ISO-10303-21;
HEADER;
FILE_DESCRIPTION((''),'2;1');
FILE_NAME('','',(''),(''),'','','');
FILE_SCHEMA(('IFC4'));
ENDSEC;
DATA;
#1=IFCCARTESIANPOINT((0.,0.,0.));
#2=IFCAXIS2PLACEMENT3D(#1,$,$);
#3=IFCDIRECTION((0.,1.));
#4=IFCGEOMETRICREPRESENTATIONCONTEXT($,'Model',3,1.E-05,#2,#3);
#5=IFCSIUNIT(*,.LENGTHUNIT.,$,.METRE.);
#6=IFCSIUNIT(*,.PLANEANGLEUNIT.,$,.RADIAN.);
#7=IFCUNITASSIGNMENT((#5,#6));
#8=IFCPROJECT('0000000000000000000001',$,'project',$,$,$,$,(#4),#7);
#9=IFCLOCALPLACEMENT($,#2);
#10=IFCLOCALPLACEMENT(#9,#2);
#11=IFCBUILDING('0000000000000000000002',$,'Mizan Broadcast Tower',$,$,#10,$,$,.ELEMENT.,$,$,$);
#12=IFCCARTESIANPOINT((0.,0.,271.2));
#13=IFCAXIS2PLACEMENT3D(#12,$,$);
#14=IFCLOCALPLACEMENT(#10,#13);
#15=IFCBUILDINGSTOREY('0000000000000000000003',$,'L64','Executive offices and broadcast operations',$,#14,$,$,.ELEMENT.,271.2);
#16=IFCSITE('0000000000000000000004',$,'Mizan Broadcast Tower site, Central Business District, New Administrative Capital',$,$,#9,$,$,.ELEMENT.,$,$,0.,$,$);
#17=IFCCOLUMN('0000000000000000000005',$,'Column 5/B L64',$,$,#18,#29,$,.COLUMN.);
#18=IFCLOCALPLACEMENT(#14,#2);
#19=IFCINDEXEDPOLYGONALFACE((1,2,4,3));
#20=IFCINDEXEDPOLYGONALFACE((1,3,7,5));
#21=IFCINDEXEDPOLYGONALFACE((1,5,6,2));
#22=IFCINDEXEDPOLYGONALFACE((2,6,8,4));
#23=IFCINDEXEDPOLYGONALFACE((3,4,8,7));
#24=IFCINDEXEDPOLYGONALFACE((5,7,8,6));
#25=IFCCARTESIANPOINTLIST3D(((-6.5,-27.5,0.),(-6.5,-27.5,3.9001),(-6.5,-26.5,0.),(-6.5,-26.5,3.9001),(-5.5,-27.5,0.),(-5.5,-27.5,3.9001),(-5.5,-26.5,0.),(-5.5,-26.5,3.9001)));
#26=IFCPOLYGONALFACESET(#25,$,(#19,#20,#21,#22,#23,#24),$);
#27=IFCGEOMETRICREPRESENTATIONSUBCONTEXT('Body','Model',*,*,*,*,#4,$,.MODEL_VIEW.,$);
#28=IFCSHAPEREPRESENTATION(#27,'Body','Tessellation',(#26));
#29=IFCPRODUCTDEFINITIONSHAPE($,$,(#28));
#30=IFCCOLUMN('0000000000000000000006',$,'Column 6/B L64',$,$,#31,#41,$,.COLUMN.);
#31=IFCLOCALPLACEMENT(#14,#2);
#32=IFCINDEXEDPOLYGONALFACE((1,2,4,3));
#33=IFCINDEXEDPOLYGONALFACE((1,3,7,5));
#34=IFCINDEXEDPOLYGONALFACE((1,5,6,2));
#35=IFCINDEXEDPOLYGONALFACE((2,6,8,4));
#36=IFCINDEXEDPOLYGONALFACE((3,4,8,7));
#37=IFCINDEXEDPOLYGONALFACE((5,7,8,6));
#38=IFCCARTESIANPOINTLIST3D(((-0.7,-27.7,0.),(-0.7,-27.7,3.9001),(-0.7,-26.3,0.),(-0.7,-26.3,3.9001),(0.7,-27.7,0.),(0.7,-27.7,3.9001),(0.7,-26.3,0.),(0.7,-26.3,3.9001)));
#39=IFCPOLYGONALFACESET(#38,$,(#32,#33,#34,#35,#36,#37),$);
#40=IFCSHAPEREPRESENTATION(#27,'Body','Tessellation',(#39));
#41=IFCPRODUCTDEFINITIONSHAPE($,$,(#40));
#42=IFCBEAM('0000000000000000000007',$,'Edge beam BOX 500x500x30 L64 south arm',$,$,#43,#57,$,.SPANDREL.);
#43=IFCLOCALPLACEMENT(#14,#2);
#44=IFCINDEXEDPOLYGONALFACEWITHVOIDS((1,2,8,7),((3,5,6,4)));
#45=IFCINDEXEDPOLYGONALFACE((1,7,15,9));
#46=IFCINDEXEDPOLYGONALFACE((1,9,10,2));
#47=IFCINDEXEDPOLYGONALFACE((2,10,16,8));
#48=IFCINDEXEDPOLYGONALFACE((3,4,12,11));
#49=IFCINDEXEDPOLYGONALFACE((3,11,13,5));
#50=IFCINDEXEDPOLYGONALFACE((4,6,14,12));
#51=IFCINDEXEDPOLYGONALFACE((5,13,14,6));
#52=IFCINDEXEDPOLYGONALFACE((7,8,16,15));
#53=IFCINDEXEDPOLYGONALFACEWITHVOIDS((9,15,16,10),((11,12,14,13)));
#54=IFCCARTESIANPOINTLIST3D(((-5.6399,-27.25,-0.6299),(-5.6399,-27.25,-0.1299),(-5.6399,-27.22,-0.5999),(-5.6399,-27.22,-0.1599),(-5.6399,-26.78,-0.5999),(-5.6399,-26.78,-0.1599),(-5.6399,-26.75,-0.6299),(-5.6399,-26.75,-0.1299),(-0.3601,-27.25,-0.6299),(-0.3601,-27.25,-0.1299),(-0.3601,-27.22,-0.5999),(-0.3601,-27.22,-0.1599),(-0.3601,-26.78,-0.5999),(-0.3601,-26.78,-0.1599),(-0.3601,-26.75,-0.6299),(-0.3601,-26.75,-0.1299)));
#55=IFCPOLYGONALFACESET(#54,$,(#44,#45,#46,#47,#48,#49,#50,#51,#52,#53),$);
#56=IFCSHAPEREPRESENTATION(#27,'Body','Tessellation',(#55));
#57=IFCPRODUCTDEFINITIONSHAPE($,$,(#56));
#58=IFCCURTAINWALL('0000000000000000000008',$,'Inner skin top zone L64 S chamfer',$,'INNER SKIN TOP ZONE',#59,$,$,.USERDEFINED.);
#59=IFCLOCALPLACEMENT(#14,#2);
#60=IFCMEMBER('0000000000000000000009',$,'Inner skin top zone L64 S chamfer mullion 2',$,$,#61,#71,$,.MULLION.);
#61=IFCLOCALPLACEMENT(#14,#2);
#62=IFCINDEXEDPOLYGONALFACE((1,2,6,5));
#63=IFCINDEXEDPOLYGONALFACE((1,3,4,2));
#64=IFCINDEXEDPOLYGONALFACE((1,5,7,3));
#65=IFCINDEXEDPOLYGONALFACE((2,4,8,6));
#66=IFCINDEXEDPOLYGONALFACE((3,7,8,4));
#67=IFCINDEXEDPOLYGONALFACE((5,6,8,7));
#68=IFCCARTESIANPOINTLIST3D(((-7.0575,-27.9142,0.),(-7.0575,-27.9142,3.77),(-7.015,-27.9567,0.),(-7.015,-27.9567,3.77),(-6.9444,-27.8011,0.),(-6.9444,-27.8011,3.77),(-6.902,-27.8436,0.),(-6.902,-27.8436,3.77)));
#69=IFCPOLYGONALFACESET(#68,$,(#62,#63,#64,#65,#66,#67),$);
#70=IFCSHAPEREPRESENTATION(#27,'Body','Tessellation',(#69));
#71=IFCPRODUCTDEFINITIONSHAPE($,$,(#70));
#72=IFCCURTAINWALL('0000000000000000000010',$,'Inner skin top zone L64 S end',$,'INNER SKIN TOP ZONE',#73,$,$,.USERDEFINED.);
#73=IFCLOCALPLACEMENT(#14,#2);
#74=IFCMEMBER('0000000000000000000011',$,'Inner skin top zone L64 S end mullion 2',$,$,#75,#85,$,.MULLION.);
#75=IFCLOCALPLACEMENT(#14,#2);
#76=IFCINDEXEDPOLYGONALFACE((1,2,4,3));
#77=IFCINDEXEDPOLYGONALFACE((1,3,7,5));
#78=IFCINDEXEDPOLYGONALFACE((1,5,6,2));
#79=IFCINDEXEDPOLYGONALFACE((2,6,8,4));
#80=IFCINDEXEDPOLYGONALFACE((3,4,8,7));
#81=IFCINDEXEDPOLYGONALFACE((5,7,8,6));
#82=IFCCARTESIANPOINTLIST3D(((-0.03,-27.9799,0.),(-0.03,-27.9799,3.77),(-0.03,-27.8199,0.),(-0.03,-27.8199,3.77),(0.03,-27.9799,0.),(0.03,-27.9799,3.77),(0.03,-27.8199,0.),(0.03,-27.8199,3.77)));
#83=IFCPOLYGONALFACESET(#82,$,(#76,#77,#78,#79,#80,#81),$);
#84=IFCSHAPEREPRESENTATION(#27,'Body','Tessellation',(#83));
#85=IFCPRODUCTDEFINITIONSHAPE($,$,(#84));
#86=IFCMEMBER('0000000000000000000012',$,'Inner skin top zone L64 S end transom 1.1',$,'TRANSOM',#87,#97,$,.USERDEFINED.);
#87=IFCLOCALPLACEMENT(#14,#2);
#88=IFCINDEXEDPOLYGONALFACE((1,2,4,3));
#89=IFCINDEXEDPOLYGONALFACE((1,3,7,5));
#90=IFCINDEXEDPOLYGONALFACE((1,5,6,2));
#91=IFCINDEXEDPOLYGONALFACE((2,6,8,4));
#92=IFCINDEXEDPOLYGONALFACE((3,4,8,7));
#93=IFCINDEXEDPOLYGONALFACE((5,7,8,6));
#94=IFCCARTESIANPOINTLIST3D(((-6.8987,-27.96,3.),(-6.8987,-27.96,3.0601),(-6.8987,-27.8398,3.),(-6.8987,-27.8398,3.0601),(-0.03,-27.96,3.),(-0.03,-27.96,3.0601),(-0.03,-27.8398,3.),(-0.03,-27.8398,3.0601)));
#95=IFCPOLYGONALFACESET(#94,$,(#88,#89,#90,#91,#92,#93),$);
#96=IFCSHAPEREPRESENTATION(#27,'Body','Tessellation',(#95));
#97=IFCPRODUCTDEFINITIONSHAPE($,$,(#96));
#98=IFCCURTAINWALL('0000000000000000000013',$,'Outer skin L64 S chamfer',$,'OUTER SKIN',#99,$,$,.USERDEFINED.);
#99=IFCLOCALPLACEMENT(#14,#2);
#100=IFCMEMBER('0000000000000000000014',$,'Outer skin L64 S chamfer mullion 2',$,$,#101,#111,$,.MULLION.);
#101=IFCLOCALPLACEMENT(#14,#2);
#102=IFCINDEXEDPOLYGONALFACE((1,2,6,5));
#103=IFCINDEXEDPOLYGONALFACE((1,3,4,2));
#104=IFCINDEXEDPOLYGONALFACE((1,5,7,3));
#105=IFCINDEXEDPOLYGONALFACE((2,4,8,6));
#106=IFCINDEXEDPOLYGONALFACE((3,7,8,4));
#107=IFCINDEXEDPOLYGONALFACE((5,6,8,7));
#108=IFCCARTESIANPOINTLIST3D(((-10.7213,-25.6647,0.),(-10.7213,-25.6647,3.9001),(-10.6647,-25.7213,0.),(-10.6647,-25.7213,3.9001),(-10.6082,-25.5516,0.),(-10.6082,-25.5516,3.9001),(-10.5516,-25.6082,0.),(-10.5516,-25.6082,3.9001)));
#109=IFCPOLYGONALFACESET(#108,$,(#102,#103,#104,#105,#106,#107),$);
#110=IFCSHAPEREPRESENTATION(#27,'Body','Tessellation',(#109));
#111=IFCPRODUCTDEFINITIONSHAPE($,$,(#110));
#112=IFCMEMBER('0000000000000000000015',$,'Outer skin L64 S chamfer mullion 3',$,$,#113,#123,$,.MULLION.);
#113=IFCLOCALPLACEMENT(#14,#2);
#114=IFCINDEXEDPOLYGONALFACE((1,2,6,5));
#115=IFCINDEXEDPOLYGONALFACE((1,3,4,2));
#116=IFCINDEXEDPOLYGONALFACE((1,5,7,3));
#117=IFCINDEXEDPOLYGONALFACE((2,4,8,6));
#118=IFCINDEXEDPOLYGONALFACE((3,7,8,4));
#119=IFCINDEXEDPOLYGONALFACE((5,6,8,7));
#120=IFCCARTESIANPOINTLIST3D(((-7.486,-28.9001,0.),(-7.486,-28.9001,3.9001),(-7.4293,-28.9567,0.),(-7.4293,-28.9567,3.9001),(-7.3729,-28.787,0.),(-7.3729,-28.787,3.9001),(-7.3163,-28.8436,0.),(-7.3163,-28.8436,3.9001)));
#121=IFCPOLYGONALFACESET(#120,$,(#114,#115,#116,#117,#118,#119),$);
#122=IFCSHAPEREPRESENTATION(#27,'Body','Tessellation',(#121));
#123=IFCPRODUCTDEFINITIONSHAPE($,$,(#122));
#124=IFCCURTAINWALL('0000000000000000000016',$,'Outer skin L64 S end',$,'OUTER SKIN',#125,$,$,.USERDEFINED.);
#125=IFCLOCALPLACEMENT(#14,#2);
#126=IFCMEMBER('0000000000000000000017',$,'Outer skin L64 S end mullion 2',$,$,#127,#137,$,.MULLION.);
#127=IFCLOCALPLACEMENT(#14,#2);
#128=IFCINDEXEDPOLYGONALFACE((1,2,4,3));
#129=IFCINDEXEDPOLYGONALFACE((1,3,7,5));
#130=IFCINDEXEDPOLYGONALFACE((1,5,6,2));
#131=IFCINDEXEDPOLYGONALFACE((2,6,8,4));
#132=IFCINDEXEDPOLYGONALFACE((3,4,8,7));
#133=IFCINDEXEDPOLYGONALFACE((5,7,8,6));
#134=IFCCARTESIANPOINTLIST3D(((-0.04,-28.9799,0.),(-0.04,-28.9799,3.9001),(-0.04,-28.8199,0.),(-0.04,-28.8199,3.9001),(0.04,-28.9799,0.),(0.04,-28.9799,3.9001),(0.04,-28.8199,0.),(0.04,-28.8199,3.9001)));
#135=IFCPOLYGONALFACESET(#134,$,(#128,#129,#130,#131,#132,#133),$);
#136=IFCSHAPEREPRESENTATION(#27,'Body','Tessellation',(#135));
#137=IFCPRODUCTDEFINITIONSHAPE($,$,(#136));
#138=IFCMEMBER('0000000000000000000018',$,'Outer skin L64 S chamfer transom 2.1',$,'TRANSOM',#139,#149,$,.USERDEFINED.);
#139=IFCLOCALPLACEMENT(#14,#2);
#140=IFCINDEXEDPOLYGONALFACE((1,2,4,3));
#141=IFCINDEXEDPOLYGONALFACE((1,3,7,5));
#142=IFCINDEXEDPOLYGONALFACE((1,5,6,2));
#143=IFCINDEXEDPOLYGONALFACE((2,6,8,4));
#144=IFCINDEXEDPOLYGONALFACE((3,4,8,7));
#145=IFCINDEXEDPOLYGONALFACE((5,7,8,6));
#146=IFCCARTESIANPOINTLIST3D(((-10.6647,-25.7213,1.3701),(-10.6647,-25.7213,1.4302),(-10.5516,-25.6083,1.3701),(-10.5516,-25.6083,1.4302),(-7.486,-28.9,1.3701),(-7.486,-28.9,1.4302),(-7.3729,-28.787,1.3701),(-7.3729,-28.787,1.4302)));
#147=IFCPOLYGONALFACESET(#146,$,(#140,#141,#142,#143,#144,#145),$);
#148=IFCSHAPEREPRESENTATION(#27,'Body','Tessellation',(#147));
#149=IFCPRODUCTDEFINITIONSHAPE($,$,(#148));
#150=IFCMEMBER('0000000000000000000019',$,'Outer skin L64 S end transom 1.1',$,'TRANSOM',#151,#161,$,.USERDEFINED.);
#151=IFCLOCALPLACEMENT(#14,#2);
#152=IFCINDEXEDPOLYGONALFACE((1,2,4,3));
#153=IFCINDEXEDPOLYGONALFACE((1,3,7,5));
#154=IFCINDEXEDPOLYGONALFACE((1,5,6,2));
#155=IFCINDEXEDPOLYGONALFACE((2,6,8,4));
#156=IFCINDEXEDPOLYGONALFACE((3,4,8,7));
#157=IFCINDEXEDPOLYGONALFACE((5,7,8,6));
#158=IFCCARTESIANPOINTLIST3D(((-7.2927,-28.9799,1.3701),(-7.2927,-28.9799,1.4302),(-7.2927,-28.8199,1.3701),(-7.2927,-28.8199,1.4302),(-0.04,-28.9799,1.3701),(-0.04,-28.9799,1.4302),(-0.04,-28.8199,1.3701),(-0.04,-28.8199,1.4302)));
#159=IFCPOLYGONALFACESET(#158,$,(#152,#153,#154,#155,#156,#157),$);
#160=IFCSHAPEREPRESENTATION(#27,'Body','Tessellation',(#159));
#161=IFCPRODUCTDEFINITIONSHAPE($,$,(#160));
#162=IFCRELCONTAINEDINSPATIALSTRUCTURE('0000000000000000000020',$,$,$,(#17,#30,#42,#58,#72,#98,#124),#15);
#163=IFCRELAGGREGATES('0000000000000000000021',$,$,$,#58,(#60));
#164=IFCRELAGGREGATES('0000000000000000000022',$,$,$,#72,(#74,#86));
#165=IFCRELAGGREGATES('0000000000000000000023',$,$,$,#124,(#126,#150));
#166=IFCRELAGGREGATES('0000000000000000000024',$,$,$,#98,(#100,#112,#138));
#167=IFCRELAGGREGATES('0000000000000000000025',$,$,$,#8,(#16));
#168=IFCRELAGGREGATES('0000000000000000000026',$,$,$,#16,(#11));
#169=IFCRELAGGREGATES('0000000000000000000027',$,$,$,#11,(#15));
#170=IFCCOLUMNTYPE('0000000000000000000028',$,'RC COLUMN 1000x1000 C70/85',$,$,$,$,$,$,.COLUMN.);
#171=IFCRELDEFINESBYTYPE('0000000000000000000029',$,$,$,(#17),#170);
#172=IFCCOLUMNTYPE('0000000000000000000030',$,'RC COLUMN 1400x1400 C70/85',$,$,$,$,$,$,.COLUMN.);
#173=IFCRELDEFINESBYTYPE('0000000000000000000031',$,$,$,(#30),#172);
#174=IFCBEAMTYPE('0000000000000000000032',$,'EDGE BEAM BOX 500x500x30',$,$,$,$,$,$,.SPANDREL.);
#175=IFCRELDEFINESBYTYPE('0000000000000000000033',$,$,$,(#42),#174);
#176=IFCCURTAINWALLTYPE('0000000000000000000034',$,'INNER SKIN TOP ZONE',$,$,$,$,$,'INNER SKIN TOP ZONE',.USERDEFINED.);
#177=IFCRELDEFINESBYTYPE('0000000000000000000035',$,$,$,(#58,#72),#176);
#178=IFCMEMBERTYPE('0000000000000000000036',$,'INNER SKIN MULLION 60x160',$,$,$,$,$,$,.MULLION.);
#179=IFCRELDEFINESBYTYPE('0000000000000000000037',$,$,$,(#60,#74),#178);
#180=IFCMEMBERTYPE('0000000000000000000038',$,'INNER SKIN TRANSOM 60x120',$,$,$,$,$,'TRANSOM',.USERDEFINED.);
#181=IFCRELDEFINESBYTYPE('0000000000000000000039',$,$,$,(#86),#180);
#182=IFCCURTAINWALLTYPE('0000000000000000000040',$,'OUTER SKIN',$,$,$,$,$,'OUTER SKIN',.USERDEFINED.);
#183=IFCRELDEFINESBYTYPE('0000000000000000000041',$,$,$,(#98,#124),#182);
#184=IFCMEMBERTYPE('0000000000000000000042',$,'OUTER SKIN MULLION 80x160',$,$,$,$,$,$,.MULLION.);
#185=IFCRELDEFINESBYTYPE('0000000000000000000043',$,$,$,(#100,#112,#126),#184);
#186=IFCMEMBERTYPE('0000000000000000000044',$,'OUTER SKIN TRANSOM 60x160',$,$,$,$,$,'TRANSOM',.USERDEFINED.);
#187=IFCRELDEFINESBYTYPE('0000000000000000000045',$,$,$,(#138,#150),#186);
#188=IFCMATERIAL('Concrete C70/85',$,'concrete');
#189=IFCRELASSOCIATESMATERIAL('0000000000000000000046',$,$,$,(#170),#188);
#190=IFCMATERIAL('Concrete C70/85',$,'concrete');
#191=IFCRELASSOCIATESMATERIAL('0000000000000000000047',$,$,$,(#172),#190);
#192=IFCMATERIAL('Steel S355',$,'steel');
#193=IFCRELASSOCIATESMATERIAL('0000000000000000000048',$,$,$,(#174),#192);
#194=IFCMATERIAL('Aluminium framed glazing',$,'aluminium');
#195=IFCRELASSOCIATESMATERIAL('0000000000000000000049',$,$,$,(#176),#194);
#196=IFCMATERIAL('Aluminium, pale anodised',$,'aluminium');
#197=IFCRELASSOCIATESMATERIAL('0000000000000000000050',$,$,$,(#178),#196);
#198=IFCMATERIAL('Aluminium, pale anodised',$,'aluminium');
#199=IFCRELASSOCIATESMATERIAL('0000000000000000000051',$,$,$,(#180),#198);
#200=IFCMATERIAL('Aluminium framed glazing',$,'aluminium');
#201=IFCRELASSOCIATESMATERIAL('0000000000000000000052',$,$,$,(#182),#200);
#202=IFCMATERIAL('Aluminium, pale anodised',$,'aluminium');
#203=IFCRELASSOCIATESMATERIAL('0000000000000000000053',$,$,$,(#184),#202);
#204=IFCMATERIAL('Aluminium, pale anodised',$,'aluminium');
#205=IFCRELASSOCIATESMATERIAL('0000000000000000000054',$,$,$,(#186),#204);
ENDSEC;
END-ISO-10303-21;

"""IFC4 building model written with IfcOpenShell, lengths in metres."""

from ifc_helpers import new_model, si_unit, direction, frame, origin, origin_2d, place, context, subcontext, project, spatial, rectangle, hollow_rectangle, extrude, material, material_profile, profile_set, type_object, element, aggregate, save


model = new_model("IFC4")

# Units and contexts
model_context = context("Model", 3, precision=1e-05, world=origin(), true_north=direction((0.0, 1.0)))
body_context = subcontext(model_context, "Body", "Model", "MODEL_VIEW")
ifc_project = project(units=[si_unit("LENGTHUNIT", "METRE"), si_unit("PLANEANGLEUNIT", "RADIAN")], contexts=[model_context])

# Site, building, storey
site_placement = place(None, origin())
site = spatial("IfcSite", under=ifc_project, at=site_placement, Name="Mizan Broadcast Tower site, Central Business District, New Administrative Capital", CompositionType="ELEMENT", RefElevation=0.0)
building_placement = place(site_placement, origin())
building = spatial("IfcBuilding", under=site, at=building_placement, Name="Mizan Broadcast Tower", CompositionType="ELEMENT")
storey_placement = place(building_placement, frame((0.0, 0.0, 271.2)))
storey = spatial("IfcBuildingStorey", under=building, at=storey_placement, Name="L64", Description="Executive offices and broadcast operations", CompositionType="ELEMENT", Elevation=271.2)

# Columns
ifc_material_1 = material(Name="Concrete C70/85", Category="concrete")
ifc_material_profile_1 = material_profile(ifc_material_1, rectangle(XDim=1.0, YDim=1.0, at=origin_2d()), Name="RC 1000x1000")
ifc_profile_set_1 = profile_set([ifc_material_profile_1], Name="Concrete C70/85")
column_type_1 = type_object("IfcColumnType", Name="RC COLUMN 1000x1000 C70/85", PredefinedType="COLUMN", material=ifc_profile_set_1)
column_1_placement = place(storey_placement, frame((-6.0, -27.0, 0.0), z_axis=(0.0, 0.0, 1.0), x_axis=(1.0, 0.0, 0.0)))
element("IfcColumn", 1, at=column_1_placement, inside=storey, type_object=column_type_1, Name="Column 5/B L64", PredefinedType="COLUMN", context=body_context, shape_type="SweptSolid", body=[
    extrude(rectangle(XDim=1.0, YDim=1.0, at=origin_2d()), origin(), (0.0, 0.0, 1.0), 3.9001),
])
ifc_material_2 = material(Name="Concrete C70/85", Category="concrete")
ifc_material_profile_2 = material_profile(ifc_material_2, rectangle(XDim=1.3999, YDim=1.3999, at=origin_2d()), Name="RC 1400x1400")
ifc_profile_set_2 = profile_set([ifc_material_profile_2], Name="Concrete C70/85")
column_type_2 = type_object("IfcColumnType", Name="RC COLUMN 1400x1400 C70/85", PredefinedType="COLUMN", material=ifc_profile_set_2)
column_2_placement = place(storey_placement, frame((0.0, -27.0, 0.0), z_axis=(0.0, 0.0, 1.0), x_axis=(1.0, 0.0, 0.0)))
element("IfcColumn", 2, at=column_2_placement, inside=storey, type_object=column_type_2, Name="Column 6/B L64", PredefinedType="COLUMN", context=body_context, shape_type="SweptSolid", body=[
    extrude(rectangle(XDim=1.3999, YDim=1.3999, at=origin_2d()), origin(), (0.0, 0.0, 1.0), 3.9001),
])

# Beam
ifc_material_3 = material(Name="Steel S355", Category="steel")
ifc_material_profile_3 = material_profile(ifc_material_3, hollow_rectangle(XDim=0.5, YDim=0.5, WallThickness=0.03, at=origin_2d()), Name="BOX 500x500x30")
ifc_profile_set_3 = profile_set([ifc_material_profile_3], Name="Steel S355")
beam_type_1 = type_object("IfcBeamType", Name="EDGE BEAM BOX 500x500x30", PredefinedType="SPANDREL", material=ifc_profile_set_3)
beam_1_placement = place(storey_placement, frame((-5.6399, -27.0, -0.3799), z_axis=(1.0, 0.0, 0.0), x_axis=(0.0, 1.0, 0.0)))
element("IfcBeam", 3, at=beam_1_placement, inside=storey, type_object=beam_type_1, Name="Edge beam BOX 500x500x30 L64 south arm", PredefinedType="SPANDREL", context=body_context, shape_type="SweptSolid", body=[
    extrude(hollow_rectangle(XDim=0.5, YDim=0.5, WallThickness=0.03, at=origin_2d()), origin(), (0.0, 0.0, 1.0), 5.2798),
])

# Curtain wall, member
ifc_material_4 = material(Name="Aluminium framed glazing", Category="aluminium")
curtain_wall_type_1 = type_object("IfcCurtainWallType", Name="INNER SKIN TOP ZONE", ElementType="INNER SKIN TOP ZONE", PredefinedType="USERDEFINED", material=ifc_material_4)
curtain_wall_1_placement = place(storey_placement, origin())
curtain_wall_1 = element("IfcCurtainWall", 4, at=curtain_wall_1_placement, inside=storey, type_object=curtain_wall_type_1, Name="Inner skin top zone L64 S chamfer", ObjectType="INNER SKIN TOP ZONE", PredefinedType="USERDEFINED")
ifc_material_5 = material(Name="Aluminium, pale anodised", Category="aluminium")
ifc_material_profile_4 = material_profile(ifc_material_5, rectangle(XDim=0.1599, YDim=0.0601, at=origin_2d()), Name="MULLION 160x60")
ifc_profile_set_4 = profile_set([ifc_material_profile_4], Name="Aluminium, pale anodised")
member_type_1 = type_object("IfcMemberType", Name="INNER SKIN MULLION 60x160", PredefinedType="MULLION", material=ifc_profile_set_4)
member_1_placement = place(storey_placement, frame((-6.9797, -27.8789, 0.0), z_axis=(0.0, 0.0, 1.0), x_axis=(0.707107, 0.707107, 0.0)))
member_1 = element("IfcMember", 5, at=member_1_placement, type_object=member_type_1, Name="Inner skin top zone L64 S chamfer mullion 2", PredefinedType="MULLION", context=body_context, shape_type="SweptSolid", body=[
    extrude(rectangle(XDim=0.1599, YDim=0.0601, at=origin_2d()), origin(), (0.0, 0.0, 1.0), 3.77),
])

# Curtain walls, members
curtain_wall_2_placement = place(storey_placement, origin())
curtain_wall_2 = element("IfcCurtainWall", 6, at=curtain_wall_2_placement, inside=storey, type_object=curtain_wall_type_1, Name="Inner skin top zone L64 S end", ObjectType="INNER SKIN TOP ZONE", PredefinedType="USERDEFINED")
member_2_placement = place(storey_placement, frame((0.0, -27.8999, 0.0), z_axis=(0.0, 0.0, 1.0), x_axis=(0.0, 1.0, 0.0)))
member_2 = element("IfcMember", 7, at=member_2_placement, type_object=member_type_1, Name="Inner skin top zone L64 S end mullion 2", PredefinedType="MULLION", context=body_context, shape_type="SweptSolid", body=[
    extrude(rectangle(XDim=0.1599, YDim=0.0601, at=origin_2d()), origin(), (0.0, 0.0, 1.0), 3.77),
])
ifc_material_6 = material(Name="Aluminium, pale anodised", Category="aluminium")
ifc_material_profile_5 = material_profile(ifc_material_6, rectangle(XDim=0.1201, YDim=0.0601, at=origin_2d()), Name="TRANSOM 120x60")
ifc_profile_set_5 = profile_set([ifc_material_profile_5], Name="Aluminium, pale anodised")
member_type_2 = type_object("IfcMemberType", Name="INNER SKIN TRANSOM 60x120", ElementType="TRANSOM", PredefinedType="USERDEFINED", material=ifc_profile_set_5)
member_3_placement = place(storey_placement, frame((-6.8987, -27.8999, 3.03), z_axis=(1.0, 0.0, 0.0), x_axis=(0.0, 1.0, 0.0)))
member_3 = element("IfcMember", 8, at=member_3_placement, type_object=member_type_2, Name="Inner skin top zone L64 S end transom 1.1", ObjectType="TRANSOM", PredefinedType="USERDEFINED", context=body_context, shape_type="SweptSolid", body=[
    extrude(rectangle(XDim=0.1201, YDim=0.0601, at=origin_2d()), origin(), (0.0, 0.0, 1.0), 6.8687),
])
ifc_material_7 = material(Name="Aluminium framed glazing", Category="aluminium")
curtain_wall_type_2 = type_object("IfcCurtainWallType", Name="OUTER SKIN", ElementType="OUTER SKIN", PredefinedType="USERDEFINED", material=ifc_material_7)
curtain_wall_3_placement = place(storey_placement, origin())
curtain_wall_3 = element("IfcCurtainWall", 9, at=curtain_wall_3_placement, inside=storey, type_object=curtain_wall_type_2, Name="Outer skin L64 S chamfer", ObjectType="OUTER SKIN", PredefinedType="USERDEFINED")
ifc_material_8 = material(Name="Aluminium, pale anodised", Category="aluminium")
ifc_material_profile_6 = material_profile(ifc_material_8, rectangle(XDim=0.1599, YDim=0.0801, at=origin_2d()), Name="MULLION 160x80")
ifc_profile_set_6 = profile_set([ifc_material_profile_6], Name="Aluminium, pale anodised")
member_type_3 = type_object("IfcMemberType", Name="OUTER SKIN MULLION 80x160", PredefinedType="MULLION", material=ifc_profile_set_6)
member_4_placement = place(storey_placement, frame((-10.6365, -25.6365, 0.0), z_axis=(0.0, 0.0, 1.0), x_axis=(0.707107, 0.707107, 0.0)))
member_4 = element("IfcMember", 10, at=member_4_placement, type_object=member_type_3, Name="Outer skin L64 S chamfer mullion 2", PredefinedType="MULLION", context=body_context, shape_type="SweptSolid", body=[
    extrude(rectangle(XDim=0.1599, YDim=0.0801, at=origin_2d()), origin(), (0.0, 0.0, 1.0), 3.9001),
])
member_5_placement = place(storey_placement, frame((-7.4011, -28.8718, 0.0), z_axis=(0.0, 0.0, 1.0), x_axis=(0.707107, 0.707107, 0.0)))
member_5 = element("IfcMember", 11, at=member_5_placement, type_object=member_type_3, Name="Outer skin L64 S chamfer mullion 3", PredefinedType="MULLION", context=body_context, shape_type="SweptSolid", body=[
    extrude(rectangle(XDim=0.1599, YDim=0.0801, at=origin_2d()), origin(), (0.0, 0.0, 1.0), 3.9001),
])

# Curtain wall, member
curtain_wall_4_placement = place(storey_placement, origin())
curtain_wall_4 = element("IfcCurtainWall", 12, at=curtain_wall_4_placement, inside=storey, type_object=curtain_wall_type_2, Name="Outer skin L64 S end", ObjectType="OUTER SKIN", PredefinedType="USERDEFINED")
member_6_placement = place(storey_placement, frame((0.0, -28.8999, 0.0), z_axis=(0.0, 0.0, 1.0), x_axis=(0.0, 1.0, 0.0)))
member_6 = element("IfcMember", 13, at=member_6_placement, type_object=member_type_3, Name="Outer skin L64 S end mullion 2", PredefinedType="MULLION", context=body_context, shape_type="SweptSolid", body=[
    extrude(rectangle(XDim=0.1599, YDim=0.0801, at=origin_2d()), origin(), (0.0, 0.0, 1.0), 3.9001),
])

# Members
ifc_material_9 = material(Name="Aluminium, pale anodised", Category="aluminium")
ifc_material_profile_7 = material_profile(ifc_material_9, rectangle(XDim=0.1599, YDim=0.0601, at=origin_2d()), Name="TRANSOM 160x60")
ifc_profile_set_7 = profile_set([ifc_material_profile_7], Name="Aluminium, pale anodised")
member_type_4 = type_object("IfcMemberType", Name="OUTER SKIN TRANSOM 60x160", ElementType="TRANSOM", PredefinedType="USERDEFINED", material=ifc_profile_set_7)
member_7_placement = place(storey_placement, frame((-10.6082, -25.6648, 1.4001), z_axis=(0.707107, -0.707107, 0.0), x_axis=(0.707107, 0.707107, 0.0)))
member_7 = element("IfcMember", 14, at=member_7_placement, type_object=member_type_4, Name="Outer skin L64 S chamfer transom 2.1", ObjectType="TRANSOM", PredefinedType="USERDEFINED", context=body_context, shape_type="SweptSolid", body=[
    extrude(rectangle(XDim=0.1599, YDim=0.0601, at=origin_2d()), origin(), (0.0, 0.0, 1.0), 4.4954),
])
member_8_placement = place(storey_placement, frame((-7.2927, -28.8999, 1.4001), z_axis=(1.0, 0.0, 0.0), x_axis=(0.0, 1.0, 0.0)))
member_8 = element("IfcMember", 15, at=member_8_placement, type_object=member_type_4, Name="Outer skin L64 S end transom 1.1", ObjectType="TRANSOM", PredefinedType="USERDEFINED", context=body_context, shape_type="SweptSolid", body=[
    extrude(rectangle(XDim=0.1599, YDim=0.0601, at=origin_2d()), origin(), (0.0, 0.0, 1.0), 7.2527),
])

aggregate(curtain_wall_1, [member_1])
aggregate(curtain_wall_2, [member_2, member_3])
aggregate(curtain_wall_4, [member_6, member_8])
aggregate(curtain_wall_3, [member_4, member_5, member_7])

save(model, "model.ifc")
